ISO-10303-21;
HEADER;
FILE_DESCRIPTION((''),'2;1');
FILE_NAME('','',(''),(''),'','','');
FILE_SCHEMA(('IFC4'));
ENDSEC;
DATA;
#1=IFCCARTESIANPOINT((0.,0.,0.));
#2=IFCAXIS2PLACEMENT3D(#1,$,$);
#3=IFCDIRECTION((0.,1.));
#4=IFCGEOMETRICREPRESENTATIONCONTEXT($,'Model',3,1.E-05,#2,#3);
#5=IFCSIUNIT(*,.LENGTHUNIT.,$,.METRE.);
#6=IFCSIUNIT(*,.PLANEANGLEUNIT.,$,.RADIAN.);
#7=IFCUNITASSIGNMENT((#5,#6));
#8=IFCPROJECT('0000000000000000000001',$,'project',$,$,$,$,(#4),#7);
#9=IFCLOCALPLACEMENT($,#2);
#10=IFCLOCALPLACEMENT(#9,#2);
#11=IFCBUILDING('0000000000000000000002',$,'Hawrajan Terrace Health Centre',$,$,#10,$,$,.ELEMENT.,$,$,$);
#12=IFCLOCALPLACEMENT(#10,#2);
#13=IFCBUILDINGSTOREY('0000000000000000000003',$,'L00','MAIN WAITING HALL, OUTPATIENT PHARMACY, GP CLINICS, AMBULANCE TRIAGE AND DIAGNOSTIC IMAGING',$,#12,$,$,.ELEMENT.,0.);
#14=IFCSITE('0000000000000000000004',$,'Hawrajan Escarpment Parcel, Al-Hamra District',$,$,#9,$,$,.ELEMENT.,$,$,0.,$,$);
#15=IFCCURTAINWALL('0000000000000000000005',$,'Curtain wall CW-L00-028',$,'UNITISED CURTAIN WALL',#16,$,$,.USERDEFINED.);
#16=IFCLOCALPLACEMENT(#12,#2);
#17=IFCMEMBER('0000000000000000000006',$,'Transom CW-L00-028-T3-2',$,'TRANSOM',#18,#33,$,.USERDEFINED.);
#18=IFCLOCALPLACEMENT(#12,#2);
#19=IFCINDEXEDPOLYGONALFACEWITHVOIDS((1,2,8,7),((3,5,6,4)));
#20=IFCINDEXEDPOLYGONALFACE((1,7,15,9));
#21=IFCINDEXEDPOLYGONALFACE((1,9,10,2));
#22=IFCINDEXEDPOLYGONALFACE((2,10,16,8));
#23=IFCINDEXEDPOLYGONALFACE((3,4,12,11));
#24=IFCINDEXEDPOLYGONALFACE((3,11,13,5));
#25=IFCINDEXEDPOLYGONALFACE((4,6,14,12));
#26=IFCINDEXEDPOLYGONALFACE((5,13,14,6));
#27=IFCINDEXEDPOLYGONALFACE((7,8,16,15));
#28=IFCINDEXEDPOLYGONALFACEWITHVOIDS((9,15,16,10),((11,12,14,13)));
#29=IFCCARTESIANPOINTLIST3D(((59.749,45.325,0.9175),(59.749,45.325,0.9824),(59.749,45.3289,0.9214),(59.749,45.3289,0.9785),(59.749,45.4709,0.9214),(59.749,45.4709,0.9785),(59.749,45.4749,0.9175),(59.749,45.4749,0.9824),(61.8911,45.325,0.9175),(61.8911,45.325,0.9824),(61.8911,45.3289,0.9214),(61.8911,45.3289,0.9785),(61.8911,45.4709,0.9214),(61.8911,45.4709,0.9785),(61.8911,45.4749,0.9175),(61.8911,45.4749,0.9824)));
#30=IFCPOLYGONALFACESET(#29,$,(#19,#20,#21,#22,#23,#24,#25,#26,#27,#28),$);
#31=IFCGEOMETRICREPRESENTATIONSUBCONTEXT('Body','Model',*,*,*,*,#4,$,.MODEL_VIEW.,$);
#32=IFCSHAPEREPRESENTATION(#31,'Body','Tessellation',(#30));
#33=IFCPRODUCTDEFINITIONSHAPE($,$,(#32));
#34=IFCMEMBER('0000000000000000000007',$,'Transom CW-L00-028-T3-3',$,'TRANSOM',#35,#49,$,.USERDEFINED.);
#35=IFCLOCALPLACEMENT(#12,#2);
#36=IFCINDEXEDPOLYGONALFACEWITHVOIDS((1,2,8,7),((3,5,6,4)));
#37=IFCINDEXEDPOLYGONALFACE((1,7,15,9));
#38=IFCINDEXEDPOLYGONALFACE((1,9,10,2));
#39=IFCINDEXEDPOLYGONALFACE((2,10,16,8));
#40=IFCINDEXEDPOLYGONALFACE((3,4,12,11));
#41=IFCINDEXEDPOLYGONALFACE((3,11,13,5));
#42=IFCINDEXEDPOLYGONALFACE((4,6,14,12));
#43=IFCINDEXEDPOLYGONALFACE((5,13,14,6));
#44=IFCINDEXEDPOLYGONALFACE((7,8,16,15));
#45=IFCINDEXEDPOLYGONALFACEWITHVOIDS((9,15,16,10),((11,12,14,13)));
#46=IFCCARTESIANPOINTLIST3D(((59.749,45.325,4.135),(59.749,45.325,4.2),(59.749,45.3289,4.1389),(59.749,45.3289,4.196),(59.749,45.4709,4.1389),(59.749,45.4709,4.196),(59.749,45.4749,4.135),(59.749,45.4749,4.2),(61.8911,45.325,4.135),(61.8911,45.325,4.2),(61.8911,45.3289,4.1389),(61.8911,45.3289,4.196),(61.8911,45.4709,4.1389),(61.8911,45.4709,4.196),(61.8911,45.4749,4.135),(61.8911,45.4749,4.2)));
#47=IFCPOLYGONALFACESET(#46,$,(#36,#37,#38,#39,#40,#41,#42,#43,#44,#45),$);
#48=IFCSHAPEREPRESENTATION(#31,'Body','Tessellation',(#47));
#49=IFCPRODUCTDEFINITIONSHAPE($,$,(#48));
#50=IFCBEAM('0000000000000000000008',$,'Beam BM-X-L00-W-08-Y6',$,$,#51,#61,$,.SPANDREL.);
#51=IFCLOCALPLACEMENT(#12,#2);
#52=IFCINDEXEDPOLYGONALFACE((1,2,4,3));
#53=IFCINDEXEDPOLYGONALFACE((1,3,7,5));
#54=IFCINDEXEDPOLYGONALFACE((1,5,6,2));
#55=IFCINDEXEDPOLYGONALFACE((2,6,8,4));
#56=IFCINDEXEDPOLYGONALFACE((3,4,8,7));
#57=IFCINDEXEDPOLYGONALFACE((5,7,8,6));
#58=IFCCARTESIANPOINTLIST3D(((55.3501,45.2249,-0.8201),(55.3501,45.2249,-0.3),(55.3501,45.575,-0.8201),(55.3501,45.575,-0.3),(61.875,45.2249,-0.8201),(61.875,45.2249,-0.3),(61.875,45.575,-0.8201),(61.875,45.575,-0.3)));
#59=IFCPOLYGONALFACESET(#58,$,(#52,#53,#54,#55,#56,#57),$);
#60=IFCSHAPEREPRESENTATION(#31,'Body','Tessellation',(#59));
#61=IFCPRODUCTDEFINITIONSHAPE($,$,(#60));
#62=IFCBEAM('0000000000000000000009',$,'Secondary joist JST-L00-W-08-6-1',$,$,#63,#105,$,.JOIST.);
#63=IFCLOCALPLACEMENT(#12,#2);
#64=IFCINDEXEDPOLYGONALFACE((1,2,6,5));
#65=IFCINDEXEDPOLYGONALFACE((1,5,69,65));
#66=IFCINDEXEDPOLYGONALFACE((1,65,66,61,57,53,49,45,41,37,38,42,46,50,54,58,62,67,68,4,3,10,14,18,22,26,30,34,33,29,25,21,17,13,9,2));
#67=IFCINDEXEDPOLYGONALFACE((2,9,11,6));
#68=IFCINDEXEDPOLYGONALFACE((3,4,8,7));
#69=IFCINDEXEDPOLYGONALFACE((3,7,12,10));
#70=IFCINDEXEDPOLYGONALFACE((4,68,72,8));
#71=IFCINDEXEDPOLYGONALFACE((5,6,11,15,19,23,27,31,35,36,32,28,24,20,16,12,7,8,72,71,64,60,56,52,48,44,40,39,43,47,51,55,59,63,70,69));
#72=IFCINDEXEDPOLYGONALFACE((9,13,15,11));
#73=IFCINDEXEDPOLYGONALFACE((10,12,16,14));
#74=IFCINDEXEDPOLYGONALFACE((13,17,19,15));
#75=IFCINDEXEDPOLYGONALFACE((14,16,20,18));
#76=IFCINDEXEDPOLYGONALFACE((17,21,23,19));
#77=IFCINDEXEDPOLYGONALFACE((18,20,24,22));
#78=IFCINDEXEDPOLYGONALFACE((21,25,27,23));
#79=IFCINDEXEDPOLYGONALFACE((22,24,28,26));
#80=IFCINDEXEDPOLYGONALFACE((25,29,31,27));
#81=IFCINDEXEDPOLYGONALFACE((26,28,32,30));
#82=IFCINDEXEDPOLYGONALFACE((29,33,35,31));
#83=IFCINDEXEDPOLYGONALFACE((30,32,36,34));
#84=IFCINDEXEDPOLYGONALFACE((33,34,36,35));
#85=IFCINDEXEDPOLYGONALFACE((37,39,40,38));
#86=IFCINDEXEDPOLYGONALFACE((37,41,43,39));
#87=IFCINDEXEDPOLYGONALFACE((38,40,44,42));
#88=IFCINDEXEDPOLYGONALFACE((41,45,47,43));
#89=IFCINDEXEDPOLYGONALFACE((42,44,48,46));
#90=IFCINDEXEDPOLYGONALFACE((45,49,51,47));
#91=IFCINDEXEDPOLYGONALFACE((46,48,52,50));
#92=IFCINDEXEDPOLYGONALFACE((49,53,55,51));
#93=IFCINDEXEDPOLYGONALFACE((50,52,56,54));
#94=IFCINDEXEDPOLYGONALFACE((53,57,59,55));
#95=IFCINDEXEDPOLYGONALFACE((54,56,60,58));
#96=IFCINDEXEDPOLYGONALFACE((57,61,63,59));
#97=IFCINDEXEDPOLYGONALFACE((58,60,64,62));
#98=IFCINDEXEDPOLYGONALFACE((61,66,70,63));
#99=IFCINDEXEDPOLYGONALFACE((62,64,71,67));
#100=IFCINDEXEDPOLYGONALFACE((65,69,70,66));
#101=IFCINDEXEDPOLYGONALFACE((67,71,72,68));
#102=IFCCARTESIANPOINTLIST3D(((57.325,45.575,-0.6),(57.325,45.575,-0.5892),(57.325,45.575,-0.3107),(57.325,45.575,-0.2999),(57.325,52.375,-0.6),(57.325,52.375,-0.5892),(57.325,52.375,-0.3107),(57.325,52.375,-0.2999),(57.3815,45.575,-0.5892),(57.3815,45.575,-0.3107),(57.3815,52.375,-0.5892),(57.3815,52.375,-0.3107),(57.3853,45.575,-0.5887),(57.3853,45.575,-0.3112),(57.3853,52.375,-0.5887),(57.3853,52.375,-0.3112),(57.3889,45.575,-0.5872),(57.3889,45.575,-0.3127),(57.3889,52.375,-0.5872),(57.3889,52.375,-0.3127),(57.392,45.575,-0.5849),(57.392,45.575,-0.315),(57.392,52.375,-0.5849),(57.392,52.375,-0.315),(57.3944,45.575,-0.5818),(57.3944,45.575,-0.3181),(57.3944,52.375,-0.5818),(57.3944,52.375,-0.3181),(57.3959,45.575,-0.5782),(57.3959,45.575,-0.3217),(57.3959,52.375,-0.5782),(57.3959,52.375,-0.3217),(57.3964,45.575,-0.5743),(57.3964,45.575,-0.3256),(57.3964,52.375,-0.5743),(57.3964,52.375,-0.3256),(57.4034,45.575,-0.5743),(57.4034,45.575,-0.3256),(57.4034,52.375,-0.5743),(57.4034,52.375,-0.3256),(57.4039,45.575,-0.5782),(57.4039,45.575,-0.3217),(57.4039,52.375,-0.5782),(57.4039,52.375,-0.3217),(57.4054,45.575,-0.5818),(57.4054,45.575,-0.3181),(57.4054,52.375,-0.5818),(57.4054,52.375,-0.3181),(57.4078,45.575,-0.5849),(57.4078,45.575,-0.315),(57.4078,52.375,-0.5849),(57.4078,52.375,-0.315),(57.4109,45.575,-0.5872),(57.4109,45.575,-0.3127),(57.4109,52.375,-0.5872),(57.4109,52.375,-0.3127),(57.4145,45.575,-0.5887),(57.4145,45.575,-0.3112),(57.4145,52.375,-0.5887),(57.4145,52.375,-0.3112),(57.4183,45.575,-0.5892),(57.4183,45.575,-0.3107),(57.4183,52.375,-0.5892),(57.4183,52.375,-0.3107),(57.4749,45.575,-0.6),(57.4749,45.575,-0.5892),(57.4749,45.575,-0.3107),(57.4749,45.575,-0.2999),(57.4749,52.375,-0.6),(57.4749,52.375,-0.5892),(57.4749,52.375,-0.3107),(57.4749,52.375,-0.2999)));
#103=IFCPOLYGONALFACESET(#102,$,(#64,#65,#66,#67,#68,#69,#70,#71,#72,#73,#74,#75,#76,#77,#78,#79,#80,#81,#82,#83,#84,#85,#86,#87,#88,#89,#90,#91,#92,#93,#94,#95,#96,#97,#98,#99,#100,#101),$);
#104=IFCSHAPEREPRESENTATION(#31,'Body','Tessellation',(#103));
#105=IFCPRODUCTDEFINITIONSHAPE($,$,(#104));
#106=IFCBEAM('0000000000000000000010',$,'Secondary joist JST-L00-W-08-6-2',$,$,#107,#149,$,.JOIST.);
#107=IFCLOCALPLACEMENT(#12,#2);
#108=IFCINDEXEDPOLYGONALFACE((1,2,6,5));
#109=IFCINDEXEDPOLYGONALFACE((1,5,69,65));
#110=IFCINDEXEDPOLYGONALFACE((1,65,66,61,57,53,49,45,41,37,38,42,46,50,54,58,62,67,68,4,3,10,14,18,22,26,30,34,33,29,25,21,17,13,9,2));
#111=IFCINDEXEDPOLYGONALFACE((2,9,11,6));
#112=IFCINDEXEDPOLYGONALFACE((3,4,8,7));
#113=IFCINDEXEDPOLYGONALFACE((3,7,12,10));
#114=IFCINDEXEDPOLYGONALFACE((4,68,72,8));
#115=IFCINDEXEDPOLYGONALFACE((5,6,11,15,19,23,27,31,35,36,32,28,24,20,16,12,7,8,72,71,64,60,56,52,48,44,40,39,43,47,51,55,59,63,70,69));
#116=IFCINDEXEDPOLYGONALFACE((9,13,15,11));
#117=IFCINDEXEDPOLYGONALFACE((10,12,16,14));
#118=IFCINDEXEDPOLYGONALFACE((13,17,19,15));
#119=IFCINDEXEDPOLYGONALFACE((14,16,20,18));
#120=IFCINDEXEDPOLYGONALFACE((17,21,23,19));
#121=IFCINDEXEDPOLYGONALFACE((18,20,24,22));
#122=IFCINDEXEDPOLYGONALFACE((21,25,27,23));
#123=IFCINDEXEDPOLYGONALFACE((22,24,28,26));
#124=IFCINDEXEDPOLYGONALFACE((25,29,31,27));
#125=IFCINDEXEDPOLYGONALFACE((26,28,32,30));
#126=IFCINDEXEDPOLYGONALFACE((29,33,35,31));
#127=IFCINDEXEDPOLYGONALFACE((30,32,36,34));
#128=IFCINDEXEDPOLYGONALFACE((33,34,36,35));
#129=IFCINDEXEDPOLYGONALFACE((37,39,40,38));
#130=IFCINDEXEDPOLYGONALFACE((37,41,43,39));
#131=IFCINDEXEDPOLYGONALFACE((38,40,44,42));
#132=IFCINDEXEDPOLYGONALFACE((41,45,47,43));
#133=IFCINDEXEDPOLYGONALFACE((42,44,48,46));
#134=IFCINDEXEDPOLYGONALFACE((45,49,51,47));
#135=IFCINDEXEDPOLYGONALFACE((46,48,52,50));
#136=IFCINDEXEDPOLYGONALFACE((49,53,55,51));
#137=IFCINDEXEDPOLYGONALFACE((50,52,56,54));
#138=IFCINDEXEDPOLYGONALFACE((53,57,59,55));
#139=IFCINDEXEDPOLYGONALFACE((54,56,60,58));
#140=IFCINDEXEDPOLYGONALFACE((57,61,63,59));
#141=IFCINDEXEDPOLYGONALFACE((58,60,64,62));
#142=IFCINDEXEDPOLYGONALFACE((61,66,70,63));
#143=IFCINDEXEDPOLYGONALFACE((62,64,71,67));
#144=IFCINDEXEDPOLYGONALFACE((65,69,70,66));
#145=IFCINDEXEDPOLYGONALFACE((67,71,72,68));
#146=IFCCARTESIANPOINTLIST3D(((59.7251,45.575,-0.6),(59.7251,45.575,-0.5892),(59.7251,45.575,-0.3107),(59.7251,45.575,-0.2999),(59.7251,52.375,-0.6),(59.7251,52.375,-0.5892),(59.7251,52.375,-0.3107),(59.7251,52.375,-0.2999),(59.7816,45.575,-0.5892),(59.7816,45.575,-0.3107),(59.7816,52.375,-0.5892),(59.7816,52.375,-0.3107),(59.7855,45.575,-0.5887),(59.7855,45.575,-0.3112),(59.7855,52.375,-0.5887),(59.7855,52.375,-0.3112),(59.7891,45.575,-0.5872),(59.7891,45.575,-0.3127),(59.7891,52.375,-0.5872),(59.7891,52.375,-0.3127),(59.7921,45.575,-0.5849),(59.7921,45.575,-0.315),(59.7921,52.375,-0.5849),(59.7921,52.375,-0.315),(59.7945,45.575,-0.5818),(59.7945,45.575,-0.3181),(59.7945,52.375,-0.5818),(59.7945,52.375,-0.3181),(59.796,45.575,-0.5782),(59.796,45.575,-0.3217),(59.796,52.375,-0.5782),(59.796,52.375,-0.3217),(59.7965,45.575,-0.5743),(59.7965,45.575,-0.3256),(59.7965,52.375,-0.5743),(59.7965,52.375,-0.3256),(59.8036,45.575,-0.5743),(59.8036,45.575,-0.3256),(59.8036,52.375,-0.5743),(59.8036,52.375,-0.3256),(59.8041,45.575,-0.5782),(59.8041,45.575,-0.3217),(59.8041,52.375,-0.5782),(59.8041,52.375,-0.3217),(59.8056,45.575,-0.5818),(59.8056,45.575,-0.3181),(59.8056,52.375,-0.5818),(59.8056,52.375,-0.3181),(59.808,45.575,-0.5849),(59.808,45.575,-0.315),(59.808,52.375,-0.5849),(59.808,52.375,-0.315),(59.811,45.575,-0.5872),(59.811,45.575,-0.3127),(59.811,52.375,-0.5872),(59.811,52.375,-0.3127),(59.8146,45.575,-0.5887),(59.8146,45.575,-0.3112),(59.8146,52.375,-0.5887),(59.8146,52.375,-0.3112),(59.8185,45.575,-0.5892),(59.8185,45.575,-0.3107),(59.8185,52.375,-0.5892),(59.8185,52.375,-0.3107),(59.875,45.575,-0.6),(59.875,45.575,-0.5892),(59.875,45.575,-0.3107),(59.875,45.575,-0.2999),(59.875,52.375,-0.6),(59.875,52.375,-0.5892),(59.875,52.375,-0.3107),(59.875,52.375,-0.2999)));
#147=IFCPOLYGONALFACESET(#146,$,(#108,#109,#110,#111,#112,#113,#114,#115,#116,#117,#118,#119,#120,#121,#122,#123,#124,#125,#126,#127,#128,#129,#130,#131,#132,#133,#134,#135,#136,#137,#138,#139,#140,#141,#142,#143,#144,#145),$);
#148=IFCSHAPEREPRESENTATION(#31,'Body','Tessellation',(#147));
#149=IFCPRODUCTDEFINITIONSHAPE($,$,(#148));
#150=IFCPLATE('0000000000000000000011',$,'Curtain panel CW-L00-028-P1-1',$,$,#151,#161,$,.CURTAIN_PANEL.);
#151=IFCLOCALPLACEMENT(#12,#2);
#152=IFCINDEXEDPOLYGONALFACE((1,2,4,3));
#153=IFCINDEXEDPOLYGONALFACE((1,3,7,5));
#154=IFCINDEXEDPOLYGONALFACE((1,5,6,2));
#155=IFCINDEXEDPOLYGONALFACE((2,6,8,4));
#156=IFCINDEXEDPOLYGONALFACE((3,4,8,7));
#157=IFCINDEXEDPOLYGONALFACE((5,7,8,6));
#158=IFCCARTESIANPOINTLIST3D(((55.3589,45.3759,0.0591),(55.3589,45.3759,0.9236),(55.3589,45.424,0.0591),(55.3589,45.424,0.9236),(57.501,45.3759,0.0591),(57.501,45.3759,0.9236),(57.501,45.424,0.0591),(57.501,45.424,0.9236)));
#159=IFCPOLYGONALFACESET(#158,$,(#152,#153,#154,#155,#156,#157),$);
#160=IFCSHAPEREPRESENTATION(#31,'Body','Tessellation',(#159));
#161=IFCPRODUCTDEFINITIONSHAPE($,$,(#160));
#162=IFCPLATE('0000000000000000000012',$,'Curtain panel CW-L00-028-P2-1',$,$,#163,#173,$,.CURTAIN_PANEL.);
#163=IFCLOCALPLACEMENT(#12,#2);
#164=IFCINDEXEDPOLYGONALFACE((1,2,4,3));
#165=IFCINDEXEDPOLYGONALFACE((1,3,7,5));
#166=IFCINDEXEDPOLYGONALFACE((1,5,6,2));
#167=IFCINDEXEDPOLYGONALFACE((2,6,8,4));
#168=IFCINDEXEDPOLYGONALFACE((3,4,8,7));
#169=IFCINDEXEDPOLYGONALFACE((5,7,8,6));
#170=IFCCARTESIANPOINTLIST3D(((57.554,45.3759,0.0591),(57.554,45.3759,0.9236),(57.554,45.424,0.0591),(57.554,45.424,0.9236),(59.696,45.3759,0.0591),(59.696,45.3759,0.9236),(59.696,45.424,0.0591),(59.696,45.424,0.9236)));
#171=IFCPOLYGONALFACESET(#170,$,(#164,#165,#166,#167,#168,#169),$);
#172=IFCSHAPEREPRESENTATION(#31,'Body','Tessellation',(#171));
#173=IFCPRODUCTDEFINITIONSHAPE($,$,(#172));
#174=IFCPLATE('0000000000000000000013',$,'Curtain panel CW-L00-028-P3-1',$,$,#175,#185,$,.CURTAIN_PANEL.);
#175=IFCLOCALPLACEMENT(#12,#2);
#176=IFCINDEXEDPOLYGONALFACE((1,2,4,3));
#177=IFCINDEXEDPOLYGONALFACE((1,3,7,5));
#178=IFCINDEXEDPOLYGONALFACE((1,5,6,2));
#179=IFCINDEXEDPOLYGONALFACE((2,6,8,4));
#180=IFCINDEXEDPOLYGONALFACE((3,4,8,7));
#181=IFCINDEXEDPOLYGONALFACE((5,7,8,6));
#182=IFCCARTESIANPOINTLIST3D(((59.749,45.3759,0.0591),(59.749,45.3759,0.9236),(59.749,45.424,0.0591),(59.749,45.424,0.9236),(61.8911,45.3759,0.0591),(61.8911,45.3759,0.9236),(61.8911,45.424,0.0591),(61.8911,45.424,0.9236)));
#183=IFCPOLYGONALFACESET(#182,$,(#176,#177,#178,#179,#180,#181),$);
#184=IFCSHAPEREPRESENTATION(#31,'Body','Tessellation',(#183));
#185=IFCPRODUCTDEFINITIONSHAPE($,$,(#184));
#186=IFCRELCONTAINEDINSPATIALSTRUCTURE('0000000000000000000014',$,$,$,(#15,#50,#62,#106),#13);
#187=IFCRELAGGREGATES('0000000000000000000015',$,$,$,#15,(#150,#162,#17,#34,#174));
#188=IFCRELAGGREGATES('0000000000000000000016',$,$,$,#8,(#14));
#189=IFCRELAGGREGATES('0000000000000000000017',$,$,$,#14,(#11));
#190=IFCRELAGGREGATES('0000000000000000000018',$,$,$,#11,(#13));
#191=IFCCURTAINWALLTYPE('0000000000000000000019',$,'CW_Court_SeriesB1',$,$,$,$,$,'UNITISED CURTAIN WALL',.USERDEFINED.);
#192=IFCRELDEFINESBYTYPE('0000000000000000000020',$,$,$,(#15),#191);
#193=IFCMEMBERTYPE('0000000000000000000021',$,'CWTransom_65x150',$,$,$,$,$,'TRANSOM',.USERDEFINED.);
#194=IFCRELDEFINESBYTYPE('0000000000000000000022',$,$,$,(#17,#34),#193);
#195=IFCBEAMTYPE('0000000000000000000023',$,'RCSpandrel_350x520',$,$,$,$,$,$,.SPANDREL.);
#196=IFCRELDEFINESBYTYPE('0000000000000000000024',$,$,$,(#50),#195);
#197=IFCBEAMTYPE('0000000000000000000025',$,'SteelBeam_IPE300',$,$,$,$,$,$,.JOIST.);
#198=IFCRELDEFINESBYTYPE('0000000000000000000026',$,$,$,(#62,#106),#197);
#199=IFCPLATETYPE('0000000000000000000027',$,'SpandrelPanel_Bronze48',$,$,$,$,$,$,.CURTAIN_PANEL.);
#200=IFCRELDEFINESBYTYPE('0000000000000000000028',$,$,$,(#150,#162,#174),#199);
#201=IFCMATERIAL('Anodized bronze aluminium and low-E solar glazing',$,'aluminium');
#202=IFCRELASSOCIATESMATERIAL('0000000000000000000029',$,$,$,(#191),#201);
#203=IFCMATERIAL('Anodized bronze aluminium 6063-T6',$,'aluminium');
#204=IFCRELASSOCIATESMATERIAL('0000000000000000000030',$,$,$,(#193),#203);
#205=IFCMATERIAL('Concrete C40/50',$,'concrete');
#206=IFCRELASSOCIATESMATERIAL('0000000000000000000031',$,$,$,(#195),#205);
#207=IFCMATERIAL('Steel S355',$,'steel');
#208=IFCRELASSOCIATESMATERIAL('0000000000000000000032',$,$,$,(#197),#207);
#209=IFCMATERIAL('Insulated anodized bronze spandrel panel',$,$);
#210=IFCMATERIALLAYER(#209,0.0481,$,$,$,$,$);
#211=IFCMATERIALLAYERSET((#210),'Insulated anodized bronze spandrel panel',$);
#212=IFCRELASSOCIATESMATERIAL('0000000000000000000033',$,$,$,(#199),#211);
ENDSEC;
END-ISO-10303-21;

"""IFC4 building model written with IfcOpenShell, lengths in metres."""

from ifc_helpers import new_model, si_unit, direction, frame, origin, origin_2d, place, context, subcontext, project, spatial, rectangle, hollow_rectangle, i_section, extrude, material, layer, layer_set, material_profile, profile_set, type_object, element, aggregate, save


model = new_model("IFC4")

# Units and contexts
model_context = context("Model", 3, precision=1e-05, world=origin(), true_north=direction((0.0, 1.0)))
body_context = subcontext(model_context, "Body", "Model", "MODEL_VIEW")
ifc_project = project(units=[si_unit("LENGTHUNIT", "METRE"), si_unit("PLANEANGLEUNIT", "RADIAN")], contexts=[model_context])

# Site, building, storey
site_placement = place(None, origin())
site = spatial("IfcSite", under=ifc_project, at=site_placement, Name="Hawrajan Escarpment Parcel, Al-Hamra District", CompositionType="ELEMENT", RefElevation=0.0)
building_placement = place(site_placement, origin())
building = spatial("IfcBuilding", under=site, at=building_placement, Name="Hawrajan Terrace Health Centre", CompositionType="ELEMENT")
storey_placement = place(building_placement, origin())
storey = spatial("IfcBuildingStorey", under=building, at=storey_placement, Name="L00", Description="MAIN WAITING HALL, OUTPATIENT PHARMACY, GP CLINICS, AMBULANCE TRIAGE AND DIAGNOSTIC IMAGING", CompositionType="ELEMENT", Elevation=0.0)

# Shared definitions
ifc_material_1 = material(Name="Concrete C40/50", Category="concrete")

# Curtain wall, members
ifc_material_2 = material(Name="Anodized bronze aluminium and low-E solar glazing", Category="aluminium")
curtain_wall_type = type_object("IfcCurtainWallType", Name="CW_Court_SeriesB1", ElementType="UNITISED CURTAIN WALL", PredefinedType="USERDEFINED", material=ifc_material_2)
curtain_wall_placement = place(storey_placement, origin())
curtain_wall = element("IfcCurtainWall", 1, at=curtain_wall_placement, inside=storey, type_object=curtain_wall_type, Name="Curtain wall CW-L00-028", ObjectType="UNITISED CURTAIN WALL", PredefinedType="USERDEFINED")
ifc_material_3 = material(Name="Anodized bronze aluminium 6063-T6", Category="aluminium")
ifc_material_profile_1 = material_profile(ifc_material_3, hollow_rectangle(XDim=0.0649, YDim=0.1499, WallThickness=0.0039, at=origin_2d()), Name="CW TRN 65x150")
ifc_profile_set_1 = profile_set([ifc_material_profile_1], Name="Anodized bronze aluminium 6063-T6")
member_type_1 = type_object("IfcMemberType", Name="CWTransom_65x150", ElementType="TRANSOM", PredefinedType="USERDEFINED", material=ifc_profile_set_1)
member_1_placement = place(storey_placement, frame((59.749, 45.3999, 0.95), z_axis=(1.0, 0.0, 0.0), x_axis=(0.0, 0.0, 1.0)))
member_1 = element("IfcMember", 2, at=member_1_placement, type_object=member_type_1, Name="Transom CW-L00-028-T3-2", ObjectType="TRANSOM", PredefinedType="USERDEFINED", context=body_context, shape_type="SweptSolid", body=[
    extrude(hollow_rectangle(XDim=0.0649, YDim=0.1499, WallThickness=0.0039, at=origin_2d()), origin(), (0.0, 0.0, 1.0), 2.1421),
])
member_2_placement = place(storey_placement, frame((59.749, 45.3999, 4.1675), z_axis=(1.0, 0.0, 0.0), x_axis=(0.0, 0.0, 1.0)))
member_2 = element("IfcMember", 3, at=member_2_placement, type_object=member_type_1, Name="Transom CW-L00-028-T3-3", ObjectType="TRANSOM", PredefinedType="USERDEFINED", context=body_context, shape_type="SweptSolid", body=[
    extrude(hollow_rectangle(XDim=0.0649, YDim=0.1499, WallThickness=0.0039, at=origin_2d()), origin(), (0.0, 0.0, 1.0), 2.1421),
])

# Beams
ifc_material_profile_2 = material_profile(ifc_material_1, rectangle(XDim=0.3501, YDim=0.52, at=origin_2d()), Name="RC SP 350x520")
ifc_profile_set_2 = profile_set([ifc_material_profile_2], Name="Concrete C40/50")
beam_type_1 = type_object("IfcBeamType", Name="RCSpandrel_350x520", PredefinedType="SPANDREL", material=ifc_profile_set_2)
beam_placement = place(storey_placement, frame((55.3501, 45.3999, -0.5601), z_axis=(1.0, 0.0, 0.0), x_axis=(0.0, 1.0, 0.0)))
element("IfcBeam", 4, at=beam_placement, inside=storey, type_object=beam_type_1, Name="Beam BM-X-L00-W-08-Y6", PredefinedType="SPANDREL", context=body_context, shape_type="SweptSolid", body=[
    extrude(rectangle(XDim=0.3501, YDim=0.52, at=origin_2d()), origin(), (0.0, 0.0, 1.0), 6.5249),
])
ifc_material_4 = material(Name="Steel S355", Category="steel")
ifc_material_profile_3 = material_profile(ifc_material_4, i_section(OverallWidth=0.1499, OverallDepth=0.3, WebThickness=0.0071, FlangeThickness=0.0107, FilletRadius=0.0149, at=origin_2d()), Name="IPE 300")
ifc_profile_set_3 = profile_set([ifc_material_profile_3], Name="Steel S355")
beam_type_2 = type_object("IfcBeamType", Name="SteelBeam_IPE300", PredefinedType="JOIST", material=ifc_profile_set_3)
for number, where, z_axis, x_axis, name in (
    (5, (57.3999, 45.575, -0.45), (0.0, 1.0, 0.0), (-1.0, 0.0, 0.0), "Secondary joist JST-L00-W-08-6-1"),
    (6, (59.8, 45.575, -0.45), (0.0, 1.0, 0.0), (-1.0, 0.0, 0.0), "Secondary joist JST-L00-W-08-6-2"),
):
    element("IfcBeam", number, at=place(storey_placement, frame(where, z_axis=z_axis, x_axis=x_axis)), inside=storey, type_object=beam_type_2, Name=name, PredefinedType="JOIST", context=body_context, shape_type="SweptSolid", body=[
        extrude(i_section(OverallWidth=0.1499, OverallDepth=0.3, WebThickness=0.0071, FlangeThickness=0.0107, FilletRadius=0.0149, at=origin_2d()), origin(), (0.0, 0.0, 1.0), 6.8),
    ])

# Plates
ifc_material_5 = material(Name="Insulated anodized bronze spandrel panel")
ifc_layer_1 = layer(ifc_material_5, 0.0481)
ifc_layer_set_1 = layer_set([ifc_layer_1], Name="Insulated anodized bronze spandrel panel")
plate_type_1 = type_object("IfcPlateType", Name="SpandrelPanel_Bronze48", PredefinedType="CURTAIN_PANEL", material=ifc_layer_set_1)
plate_1_placement = place(storey_placement, frame((56.4299, 45.3999, 0.0591), z_axis=(0.0, 0.0, 1.0), x_axis=(1.0, 0.0, 0.0)))
plate_1 = element("IfcPlate", 7, at=plate_1_placement, type_object=plate_type_1, Name="Curtain panel CW-L00-028-P1-1", PredefinedType="CURTAIN_PANEL", context=body_context, shape_type="SweptSolid", body=[
    extrude(rectangle(XDim=2.1421, YDim=0.0481, at=origin_2d()), origin(), (0.0, 0.0, 1.0), 0.8645),
])
plate_2_placement = place(storey_placement, frame((58.625, 45.3999, 0.0591), z_axis=(0.0, 0.0, 1.0), x_axis=(1.0, 0.0, 0.0)))
plate_2 = element("IfcPlate", 8, at=plate_2_placement, type_object=plate_type_1, Name="Curtain panel CW-L00-028-P2-1", PredefinedType="CURTAIN_PANEL", context=body_context, shape_type="SweptSolid", body=[
    extrude(rectangle(XDim=2.1421, YDim=0.0481, at=origin_2d()), origin(), (0.0, 0.0, 1.0), 0.8645),
])
plate_3_placement = place(storey_placement, frame((60.8201, 45.3999, 0.0591), z_axis=(0.0, 0.0, 1.0), x_axis=(1.0, 0.0, 0.0)))
plate_3 = element("IfcPlate", 9, at=plate_3_placement, type_object=plate_type_1, Name="Curtain panel CW-L00-028-P3-1", PredefinedType="CURTAIN_PANEL", context=body_context, shape_type="SweptSolid", body=[
    extrude(rectangle(XDim=2.1421, YDim=0.0481, at=origin_2d()), origin(), (0.0, 0.0, 1.0), 0.8645),
])
aggregate(curtain_wall, [plate_1, plate_2, member_1, member_2, plate_3])

save(model, "model.ifc")
